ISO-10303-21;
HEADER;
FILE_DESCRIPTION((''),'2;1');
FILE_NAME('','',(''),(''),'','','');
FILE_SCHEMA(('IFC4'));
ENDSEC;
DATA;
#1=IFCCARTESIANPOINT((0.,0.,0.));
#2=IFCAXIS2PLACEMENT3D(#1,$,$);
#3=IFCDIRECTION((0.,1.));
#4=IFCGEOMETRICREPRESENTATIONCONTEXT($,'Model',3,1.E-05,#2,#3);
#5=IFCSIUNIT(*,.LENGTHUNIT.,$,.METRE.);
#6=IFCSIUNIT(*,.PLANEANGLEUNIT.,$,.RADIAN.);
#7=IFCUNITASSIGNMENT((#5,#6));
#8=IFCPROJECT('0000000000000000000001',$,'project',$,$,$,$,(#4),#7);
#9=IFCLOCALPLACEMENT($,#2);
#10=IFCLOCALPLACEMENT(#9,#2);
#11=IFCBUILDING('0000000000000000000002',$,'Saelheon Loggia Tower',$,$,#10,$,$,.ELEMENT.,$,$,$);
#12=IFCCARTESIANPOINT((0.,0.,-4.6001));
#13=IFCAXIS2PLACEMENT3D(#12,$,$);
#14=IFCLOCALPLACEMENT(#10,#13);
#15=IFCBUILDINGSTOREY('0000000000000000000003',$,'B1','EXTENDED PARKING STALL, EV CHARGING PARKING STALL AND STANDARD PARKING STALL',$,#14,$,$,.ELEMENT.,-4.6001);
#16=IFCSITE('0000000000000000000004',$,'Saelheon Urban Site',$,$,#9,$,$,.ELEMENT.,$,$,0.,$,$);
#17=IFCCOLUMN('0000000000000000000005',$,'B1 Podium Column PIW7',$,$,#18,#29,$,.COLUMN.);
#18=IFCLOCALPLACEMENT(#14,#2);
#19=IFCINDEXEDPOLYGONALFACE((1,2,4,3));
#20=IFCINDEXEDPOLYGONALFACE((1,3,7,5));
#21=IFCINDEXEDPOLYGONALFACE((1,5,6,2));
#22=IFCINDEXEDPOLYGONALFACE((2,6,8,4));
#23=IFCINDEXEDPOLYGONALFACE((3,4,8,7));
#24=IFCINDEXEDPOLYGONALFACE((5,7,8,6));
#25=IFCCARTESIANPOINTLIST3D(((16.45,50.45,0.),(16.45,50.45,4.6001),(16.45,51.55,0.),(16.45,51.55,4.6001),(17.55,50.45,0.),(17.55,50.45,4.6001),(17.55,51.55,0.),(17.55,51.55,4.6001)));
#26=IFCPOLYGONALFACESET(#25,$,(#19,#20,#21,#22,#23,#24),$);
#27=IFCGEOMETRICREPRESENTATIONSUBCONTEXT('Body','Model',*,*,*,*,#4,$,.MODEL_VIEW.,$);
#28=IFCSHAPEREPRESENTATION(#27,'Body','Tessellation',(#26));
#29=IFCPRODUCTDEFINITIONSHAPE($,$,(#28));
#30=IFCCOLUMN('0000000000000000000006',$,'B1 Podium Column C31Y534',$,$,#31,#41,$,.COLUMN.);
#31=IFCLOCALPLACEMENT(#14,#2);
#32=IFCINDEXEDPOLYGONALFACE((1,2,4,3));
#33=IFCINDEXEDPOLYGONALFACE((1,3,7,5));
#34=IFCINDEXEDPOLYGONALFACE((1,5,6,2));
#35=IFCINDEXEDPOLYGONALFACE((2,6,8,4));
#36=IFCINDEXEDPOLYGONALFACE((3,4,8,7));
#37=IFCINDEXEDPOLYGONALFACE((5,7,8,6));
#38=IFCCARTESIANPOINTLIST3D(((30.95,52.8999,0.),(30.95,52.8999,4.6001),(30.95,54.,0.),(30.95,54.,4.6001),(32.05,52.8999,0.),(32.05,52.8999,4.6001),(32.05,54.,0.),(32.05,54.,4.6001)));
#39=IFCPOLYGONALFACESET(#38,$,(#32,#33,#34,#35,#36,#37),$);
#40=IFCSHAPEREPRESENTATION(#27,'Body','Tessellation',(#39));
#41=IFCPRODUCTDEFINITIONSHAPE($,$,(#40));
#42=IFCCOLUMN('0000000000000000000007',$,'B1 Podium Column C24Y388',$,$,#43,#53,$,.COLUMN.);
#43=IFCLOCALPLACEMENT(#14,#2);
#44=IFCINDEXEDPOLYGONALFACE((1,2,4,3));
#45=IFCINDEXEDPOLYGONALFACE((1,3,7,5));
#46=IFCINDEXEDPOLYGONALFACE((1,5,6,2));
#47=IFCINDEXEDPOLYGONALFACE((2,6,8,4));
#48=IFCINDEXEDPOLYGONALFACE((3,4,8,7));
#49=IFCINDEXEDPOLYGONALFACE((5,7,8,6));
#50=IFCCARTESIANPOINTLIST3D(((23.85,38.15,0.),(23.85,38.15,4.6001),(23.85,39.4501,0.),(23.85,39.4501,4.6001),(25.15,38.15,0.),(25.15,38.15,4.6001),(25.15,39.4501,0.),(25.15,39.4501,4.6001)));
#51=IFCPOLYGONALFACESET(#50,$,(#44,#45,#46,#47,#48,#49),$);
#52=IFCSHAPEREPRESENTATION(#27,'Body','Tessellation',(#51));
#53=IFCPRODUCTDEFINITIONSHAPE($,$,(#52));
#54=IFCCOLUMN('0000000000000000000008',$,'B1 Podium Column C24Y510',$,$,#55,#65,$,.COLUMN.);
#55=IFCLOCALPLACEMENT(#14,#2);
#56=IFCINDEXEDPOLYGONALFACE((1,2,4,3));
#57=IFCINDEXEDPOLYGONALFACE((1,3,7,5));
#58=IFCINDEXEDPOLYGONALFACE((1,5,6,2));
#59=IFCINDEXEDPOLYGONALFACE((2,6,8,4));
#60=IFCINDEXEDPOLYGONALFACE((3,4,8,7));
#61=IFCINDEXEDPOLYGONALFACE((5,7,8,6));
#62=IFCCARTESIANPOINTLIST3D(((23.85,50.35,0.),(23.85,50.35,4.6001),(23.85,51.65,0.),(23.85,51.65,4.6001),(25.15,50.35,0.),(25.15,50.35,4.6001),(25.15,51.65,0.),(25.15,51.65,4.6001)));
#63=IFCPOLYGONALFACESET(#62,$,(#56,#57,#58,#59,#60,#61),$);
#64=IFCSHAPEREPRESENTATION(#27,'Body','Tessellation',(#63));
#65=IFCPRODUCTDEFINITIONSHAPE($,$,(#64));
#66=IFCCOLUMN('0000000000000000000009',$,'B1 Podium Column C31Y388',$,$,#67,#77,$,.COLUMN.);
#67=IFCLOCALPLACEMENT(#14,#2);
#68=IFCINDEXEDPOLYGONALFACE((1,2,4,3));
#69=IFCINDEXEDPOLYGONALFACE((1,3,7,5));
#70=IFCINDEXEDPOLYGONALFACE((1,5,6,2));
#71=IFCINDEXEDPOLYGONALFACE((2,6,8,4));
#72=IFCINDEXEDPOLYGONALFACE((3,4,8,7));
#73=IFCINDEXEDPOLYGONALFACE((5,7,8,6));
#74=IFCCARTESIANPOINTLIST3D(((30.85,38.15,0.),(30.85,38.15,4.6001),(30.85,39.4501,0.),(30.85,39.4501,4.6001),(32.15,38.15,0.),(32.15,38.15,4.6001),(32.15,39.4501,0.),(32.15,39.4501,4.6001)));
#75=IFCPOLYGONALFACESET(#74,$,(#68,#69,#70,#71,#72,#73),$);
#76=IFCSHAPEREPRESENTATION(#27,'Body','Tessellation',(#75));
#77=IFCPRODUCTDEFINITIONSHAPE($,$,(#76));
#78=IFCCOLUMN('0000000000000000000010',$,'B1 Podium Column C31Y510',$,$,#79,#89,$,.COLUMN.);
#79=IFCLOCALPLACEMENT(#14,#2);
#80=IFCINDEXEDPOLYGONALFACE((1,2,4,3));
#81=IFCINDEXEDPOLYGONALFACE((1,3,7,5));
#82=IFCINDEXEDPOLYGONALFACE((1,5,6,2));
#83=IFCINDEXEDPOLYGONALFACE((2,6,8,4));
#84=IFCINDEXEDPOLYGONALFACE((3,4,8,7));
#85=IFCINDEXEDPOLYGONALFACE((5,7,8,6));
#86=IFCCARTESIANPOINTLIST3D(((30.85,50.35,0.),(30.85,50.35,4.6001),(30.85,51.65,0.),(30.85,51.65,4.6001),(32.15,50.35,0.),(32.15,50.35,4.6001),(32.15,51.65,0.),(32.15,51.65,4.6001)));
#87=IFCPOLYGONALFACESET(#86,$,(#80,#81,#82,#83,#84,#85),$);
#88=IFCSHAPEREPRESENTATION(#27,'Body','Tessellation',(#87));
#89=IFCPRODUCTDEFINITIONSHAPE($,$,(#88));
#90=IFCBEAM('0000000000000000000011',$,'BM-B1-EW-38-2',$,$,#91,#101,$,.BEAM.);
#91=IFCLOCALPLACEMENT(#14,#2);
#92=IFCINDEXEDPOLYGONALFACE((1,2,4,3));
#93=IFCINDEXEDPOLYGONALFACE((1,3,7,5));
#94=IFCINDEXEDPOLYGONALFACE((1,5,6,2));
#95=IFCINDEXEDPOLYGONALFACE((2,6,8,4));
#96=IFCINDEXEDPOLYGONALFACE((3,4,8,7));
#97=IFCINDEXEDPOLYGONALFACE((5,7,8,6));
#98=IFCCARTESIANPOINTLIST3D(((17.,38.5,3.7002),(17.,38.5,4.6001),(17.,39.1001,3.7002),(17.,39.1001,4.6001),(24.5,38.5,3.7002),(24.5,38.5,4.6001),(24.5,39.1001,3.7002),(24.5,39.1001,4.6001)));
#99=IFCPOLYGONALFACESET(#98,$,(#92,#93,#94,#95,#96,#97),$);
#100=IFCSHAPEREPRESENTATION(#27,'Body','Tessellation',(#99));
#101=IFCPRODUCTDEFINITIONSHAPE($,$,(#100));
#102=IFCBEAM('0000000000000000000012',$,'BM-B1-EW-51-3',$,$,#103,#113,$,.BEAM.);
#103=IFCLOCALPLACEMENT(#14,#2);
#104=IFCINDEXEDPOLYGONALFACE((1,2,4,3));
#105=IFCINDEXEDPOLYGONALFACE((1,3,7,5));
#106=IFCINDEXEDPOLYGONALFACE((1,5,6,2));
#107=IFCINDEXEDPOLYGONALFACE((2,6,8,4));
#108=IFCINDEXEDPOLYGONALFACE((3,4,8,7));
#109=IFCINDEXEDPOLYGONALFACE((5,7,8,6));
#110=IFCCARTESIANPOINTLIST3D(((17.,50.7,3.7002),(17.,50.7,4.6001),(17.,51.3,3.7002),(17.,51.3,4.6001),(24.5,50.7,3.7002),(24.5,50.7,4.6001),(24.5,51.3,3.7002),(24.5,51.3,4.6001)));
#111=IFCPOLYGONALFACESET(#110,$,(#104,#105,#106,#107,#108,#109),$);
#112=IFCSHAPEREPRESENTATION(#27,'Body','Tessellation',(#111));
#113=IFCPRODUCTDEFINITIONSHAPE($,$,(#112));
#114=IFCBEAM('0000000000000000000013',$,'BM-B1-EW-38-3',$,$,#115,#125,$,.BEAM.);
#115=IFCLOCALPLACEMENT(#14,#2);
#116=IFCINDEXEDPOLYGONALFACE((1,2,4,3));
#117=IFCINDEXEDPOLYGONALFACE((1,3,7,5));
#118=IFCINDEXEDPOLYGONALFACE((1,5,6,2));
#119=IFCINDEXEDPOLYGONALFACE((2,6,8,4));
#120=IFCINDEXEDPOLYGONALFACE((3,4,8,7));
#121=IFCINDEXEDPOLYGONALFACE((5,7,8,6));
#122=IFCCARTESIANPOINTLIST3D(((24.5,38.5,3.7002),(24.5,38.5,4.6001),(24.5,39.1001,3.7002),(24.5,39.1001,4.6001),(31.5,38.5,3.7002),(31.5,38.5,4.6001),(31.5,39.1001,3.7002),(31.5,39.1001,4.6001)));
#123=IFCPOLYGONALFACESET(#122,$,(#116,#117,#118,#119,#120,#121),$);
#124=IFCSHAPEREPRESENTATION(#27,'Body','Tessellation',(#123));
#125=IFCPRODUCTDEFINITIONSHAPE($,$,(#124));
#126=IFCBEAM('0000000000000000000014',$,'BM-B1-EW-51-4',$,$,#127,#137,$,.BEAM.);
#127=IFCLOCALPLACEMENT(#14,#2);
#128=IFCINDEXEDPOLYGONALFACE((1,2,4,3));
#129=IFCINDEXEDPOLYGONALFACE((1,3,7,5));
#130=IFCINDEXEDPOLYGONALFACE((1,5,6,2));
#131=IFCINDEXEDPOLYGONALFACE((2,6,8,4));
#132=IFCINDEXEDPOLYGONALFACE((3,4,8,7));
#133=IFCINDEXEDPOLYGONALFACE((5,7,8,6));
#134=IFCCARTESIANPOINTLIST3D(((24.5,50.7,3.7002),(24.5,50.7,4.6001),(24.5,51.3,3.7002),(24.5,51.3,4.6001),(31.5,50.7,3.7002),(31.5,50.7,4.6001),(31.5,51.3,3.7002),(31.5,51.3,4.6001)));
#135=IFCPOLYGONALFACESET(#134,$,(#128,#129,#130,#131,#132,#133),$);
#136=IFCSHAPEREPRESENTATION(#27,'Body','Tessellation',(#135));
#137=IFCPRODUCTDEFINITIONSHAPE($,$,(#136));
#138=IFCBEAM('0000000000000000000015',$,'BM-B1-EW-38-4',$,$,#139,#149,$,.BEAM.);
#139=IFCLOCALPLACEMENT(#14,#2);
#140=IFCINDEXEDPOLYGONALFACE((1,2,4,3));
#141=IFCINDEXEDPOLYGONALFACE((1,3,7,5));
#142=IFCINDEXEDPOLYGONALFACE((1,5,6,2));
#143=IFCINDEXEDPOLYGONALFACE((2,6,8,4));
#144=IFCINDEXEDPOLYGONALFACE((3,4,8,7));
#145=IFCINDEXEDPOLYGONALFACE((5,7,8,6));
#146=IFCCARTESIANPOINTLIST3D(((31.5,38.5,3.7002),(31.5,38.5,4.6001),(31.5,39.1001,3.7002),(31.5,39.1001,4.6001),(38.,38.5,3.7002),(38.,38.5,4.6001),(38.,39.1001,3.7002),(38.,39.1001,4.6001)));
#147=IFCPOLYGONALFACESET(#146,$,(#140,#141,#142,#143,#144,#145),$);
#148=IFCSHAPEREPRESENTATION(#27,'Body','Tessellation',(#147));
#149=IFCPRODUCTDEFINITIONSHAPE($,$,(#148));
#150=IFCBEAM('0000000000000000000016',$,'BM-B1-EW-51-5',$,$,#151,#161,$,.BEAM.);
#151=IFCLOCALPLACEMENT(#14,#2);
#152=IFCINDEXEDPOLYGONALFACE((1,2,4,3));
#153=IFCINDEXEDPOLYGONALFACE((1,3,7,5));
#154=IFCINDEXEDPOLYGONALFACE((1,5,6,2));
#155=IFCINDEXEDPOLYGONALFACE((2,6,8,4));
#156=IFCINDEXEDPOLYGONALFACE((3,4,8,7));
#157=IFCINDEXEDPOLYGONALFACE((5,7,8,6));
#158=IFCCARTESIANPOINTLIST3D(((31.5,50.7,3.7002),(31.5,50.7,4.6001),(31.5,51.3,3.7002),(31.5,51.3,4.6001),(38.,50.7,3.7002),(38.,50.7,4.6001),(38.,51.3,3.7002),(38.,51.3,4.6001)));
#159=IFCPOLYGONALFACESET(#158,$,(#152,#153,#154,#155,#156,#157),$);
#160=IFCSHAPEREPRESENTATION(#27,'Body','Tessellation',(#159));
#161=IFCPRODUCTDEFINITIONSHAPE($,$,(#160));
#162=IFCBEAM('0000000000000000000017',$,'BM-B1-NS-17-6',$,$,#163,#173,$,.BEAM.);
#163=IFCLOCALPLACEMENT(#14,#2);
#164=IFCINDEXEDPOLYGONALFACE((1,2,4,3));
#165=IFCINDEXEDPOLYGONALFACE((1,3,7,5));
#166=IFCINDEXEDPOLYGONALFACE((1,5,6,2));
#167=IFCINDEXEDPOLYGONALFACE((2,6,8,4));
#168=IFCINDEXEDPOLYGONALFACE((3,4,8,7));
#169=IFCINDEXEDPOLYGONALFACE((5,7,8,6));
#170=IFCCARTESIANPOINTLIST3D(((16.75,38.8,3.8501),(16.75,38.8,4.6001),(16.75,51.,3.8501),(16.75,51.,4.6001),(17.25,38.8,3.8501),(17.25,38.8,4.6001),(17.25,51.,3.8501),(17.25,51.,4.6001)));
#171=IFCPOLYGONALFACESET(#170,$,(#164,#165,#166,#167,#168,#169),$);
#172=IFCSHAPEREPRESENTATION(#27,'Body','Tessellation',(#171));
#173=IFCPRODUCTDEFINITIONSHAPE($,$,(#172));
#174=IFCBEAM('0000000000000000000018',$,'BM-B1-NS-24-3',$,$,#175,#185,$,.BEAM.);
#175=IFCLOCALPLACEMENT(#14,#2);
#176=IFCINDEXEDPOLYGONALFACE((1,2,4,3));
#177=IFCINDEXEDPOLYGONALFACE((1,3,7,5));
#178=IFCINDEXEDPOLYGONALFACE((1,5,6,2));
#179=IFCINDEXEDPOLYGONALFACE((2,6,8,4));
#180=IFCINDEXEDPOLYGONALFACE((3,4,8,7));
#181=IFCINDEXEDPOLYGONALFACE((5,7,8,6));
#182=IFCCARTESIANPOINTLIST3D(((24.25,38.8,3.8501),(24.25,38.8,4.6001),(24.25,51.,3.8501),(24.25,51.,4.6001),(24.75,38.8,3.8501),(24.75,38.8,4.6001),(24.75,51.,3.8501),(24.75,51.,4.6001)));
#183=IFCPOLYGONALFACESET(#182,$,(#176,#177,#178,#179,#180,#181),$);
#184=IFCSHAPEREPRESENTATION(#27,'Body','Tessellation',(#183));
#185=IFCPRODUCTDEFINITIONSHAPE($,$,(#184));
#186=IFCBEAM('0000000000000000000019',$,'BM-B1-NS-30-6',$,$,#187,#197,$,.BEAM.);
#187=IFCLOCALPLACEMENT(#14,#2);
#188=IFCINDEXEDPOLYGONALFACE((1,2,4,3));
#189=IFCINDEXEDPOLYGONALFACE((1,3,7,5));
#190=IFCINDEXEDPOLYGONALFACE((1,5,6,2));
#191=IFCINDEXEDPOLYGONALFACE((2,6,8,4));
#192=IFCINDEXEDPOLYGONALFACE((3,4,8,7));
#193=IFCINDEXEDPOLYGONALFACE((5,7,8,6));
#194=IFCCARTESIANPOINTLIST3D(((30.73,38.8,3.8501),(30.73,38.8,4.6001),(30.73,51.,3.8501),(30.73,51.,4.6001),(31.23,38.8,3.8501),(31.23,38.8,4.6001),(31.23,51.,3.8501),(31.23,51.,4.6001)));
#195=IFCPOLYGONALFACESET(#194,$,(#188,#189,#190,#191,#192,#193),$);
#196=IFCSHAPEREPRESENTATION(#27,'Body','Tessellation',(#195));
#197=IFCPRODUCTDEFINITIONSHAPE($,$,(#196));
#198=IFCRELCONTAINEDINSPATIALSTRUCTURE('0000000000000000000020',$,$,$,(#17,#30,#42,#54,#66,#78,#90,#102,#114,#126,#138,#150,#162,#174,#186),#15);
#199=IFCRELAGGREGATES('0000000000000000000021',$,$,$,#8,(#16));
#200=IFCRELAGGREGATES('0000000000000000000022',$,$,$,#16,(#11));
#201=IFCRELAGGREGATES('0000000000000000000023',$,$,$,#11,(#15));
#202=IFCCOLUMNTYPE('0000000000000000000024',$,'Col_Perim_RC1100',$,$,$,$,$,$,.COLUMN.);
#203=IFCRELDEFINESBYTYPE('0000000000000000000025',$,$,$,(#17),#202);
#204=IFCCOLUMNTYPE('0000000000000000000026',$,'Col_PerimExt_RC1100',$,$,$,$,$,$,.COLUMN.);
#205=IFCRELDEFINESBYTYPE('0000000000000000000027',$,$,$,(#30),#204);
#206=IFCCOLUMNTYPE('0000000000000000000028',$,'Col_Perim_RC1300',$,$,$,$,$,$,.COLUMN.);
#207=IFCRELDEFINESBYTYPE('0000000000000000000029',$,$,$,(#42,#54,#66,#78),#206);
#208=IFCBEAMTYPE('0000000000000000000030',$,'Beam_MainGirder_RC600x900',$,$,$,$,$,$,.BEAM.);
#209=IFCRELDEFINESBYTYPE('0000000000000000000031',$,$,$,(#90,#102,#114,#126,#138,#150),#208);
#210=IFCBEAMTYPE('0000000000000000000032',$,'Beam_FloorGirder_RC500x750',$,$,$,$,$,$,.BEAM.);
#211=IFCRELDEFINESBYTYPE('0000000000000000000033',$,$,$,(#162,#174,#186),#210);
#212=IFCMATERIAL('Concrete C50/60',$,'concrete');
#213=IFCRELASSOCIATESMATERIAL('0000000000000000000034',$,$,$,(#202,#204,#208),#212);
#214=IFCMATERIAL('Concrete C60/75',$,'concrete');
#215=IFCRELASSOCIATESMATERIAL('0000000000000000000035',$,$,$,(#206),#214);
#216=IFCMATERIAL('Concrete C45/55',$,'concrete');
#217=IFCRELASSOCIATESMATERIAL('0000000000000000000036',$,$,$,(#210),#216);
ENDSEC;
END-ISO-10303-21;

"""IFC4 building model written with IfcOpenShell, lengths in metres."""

from ifc_helpers import new_model, si_unit, direction, frame, origin, origin_2d, place, context, subcontext, project, spatial, rectangle, extrude, source, transform, mapped, material, material_profile, profile_set, type_object, element, save


model = new_model("IFC4")

# Units and contexts
model_context = context("Model", 3, precision=1e-05, world=origin(), true_north=direction((0.0, 1.0)))
body_context = subcontext(model_context, "Body", "Model", "MODEL_VIEW")
ifc_project = project(units=[si_unit("LENGTHUNIT", "METRE"), si_unit("PLANEANGLEUNIT", "RADIAN")], contexts=[model_context])

# Site, building, storey
site_placement = place(None, origin())
site = spatial("IfcSite", under=ifc_project, at=site_placement, Name="Saelheon Urban Site", CompositionType="ELEMENT", RefElevation=0.0)
building_placement = place(site_placement, origin())
building = spatial("IfcBuilding", under=site, at=building_placement, Name="Saelheon Loggia Tower", CompositionType="ELEMENT")
storey_placement = place(building_placement, frame((0.0, 0.0, -4.6001)))
storey = spatial("IfcBuildingStorey", under=building, at=storey_placement, Name="B1", Description="EXTENDED PARKING STALL, EV CHARGING PARKING STALL AND STANDARD PARKING STALL", CompositionType="ELEMENT", Elevation=-4.6001)

# Columns
ifc_material_1 = material(Name="Concrete C50/60", Category="concrete")
ifc_material_profile_1 = material_profile(ifc_material_1, rectangle(XDim=1.1001, YDim=1.1001, at=origin_2d()), Name="RC-1100x1100")
ifc_profile_set_1 = profile_set([ifc_material_profile_1], Name="Concrete C50/60")
column_type_1 = type_object("IfcColumnType", Name="Col_Perim_RC1100", PredefinedType="COLUMN", material=ifc_profile_set_1)
shared_shape_1 = source(origin(), body_context, "Body", "SweptSolid", [
    extrude(rectangle(XDim=1.1001, YDim=1.1001, at=origin_2d()), origin(), (0.0, 0.0, 1.0), 4.6001),
])
column_1_placement = place(storey_placement, frame((17.0, 51.0, 0.0), z_axis=(0.0, 0.0, 1.0), x_axis=(1.0, 0.0, 0.0)))
element("IfcColumn", 1, at=column_1_placement, inside=storey, type_object=column_type_1, Name="B1 Podium Column PIW7", PredefinedType="COLUMN", context=body_context, shape_type="MappedRepresentation", body=[
    mapped(shared_shape_1, transform((0.0, 0.0, 0.0), scale=1.0)),
])
ifc_material_profile_2 = material_profile(ifc_material_1, rectangle(XDim=1.1001, YDim=1.1001, at=origin_2d()), Name="RC-1100x1100")
ifc_profile_set_2 = profile_set([ifc_material_profile_2], Name="Concrete C50/60")
column_type_2 = type_object("IfcColumnType", Name="Col_PerimExt_RC1100", PredefinedType="COLUMN", material=ifc_profile_set_2)
column_2_placement = place(storey_placement, frame((31.5, 53.45, 0.0), z_axis=(0.0, 0.0, 1.0), x_axis=(1.0, 0.0, 0.0)))
element("IfcColumn", 2, at=column_2_placement, inside=storey, type_object=column_type_2, Name="B1 Podium Column C31Y534", PredefinedType="COLUMN", context=body_context, shape_type="MappedRepresentation", body=[
    mapped(shared_shape_1, transform((0.0, 0.0, 0.0), scale=1.0)),
])
ifc_material_2 = material(Name="Concrete C60/75", Category="concrete")
ifc_material_profile_3 = material_profile(ifc_material_2, rectangle(XDim=1.3, YDim=1.3, at=origin_2d()), Name="RC-1300x1300")
ifc_profile_set_3 = profile_set([ifc_material_profile_3], Name="Concrete C60/75")
column_type_3 = type_object("IfcColumnType", Name="Col_Perim_RC1300", PredefinedType="COLUMN", material=ifc_profile_set_3)
shared_shape_2 = source(origin(), body_context, "Body", "SweptSolid", [
    extrude(rectangle(XDim=1.3, YDim=1.3, at=origin_2d()), origin(), (0.0, 0.0, 1.0), 4.6001),
])
for number, where, z_axis, x_axis, name in (
    (3, (24.5, 38.8, 0.0), (0.0, 0.0, 1.0), (1.0, 0.0, 0.0), "B1 Podium Column C24Y388"),
    (4, (24.5, 51.0, 0.0), (0.0, 0.0, 1.0), (1.0, 0.0, 0.0), "B1 Podium Column C24Y510"),
    (5, (31.5, 38.8, 0.0), (0.0, 0.0, 1.0), (1.0, 0.0, 0.0), "B1 Podium Column C31Y388"),
    (6, (31.5, 51.0, 0.0), (0.0, 0.0, 1.0), (1.0, 0.0, 0.0), "B1 Podium Column C31Y510"),
):
    element("IfcColumn", number, at=place(storey_placement, frame(where, z_axis=z_axis, x_axis=x_axis)), inside=storey, type_object=column_type_3, Name=name, PredefinedType="COLUMN", context=body_context, shape_type="MappedRepresentation", body=[
        mapped(shared_shape_2, transform((0.0, 0.0, 0.0), scale=1.0)),
    ])

# Beams
ifc_material_profile_4 = material_profile(ifc_material_1, rectangle(XDim=0.6001, YDim=0.8999, at=origin_2d()), Name="RC-600x900")
ifc_profile_set_4 = profile_set([ifc_material_profile_4], Name="Concrete C50/60")
beam_type_1 = type_object("IfcBeamType", Name="Beam_MainGirder_RC600x900", PredefinedType="BEAM", material=ifc_profile_set_4)
shared_shape_3 = source(origin(), body_context, "Body", "SweptSolid", [
    extrude(rectangle(XDim=0.6001, YDim=0.8999, at=origin_2d()), origin(), (0.0, 0.0, 1.0), 7.5),
])
for number, where, z_axis, x_axis, name in (
    (7, (17.0, 38.8, 4.1501), (1.0, 0.0, 0.0), (0.0, 1.0, 0.0), "BM-B1-EW-38-2"),
    (8, (17.0, 51.0, 4.1501), (1.0, 0.0, 0.0), (0.0, 1.0, 0.0), "BM-B1-EW-51-3"),
):
    element("IfcBeam", number, at=place(storey_placement, frame(where, z_axis=z_axis, x_axis=x_axis)), inside=storey, type_object=beam_type_1, Name=name, PredefinedType="BEAM", context=body_context, shape_type="MappedRepresentation", body=[
        mapped(shared_shape_3, transform((0.0, 0.0, 0.0), scale=1.0)),
    ])
shared_shape_4 = source(origin(), body_context, "Body", "SweptSolid", [
    extrude(rectangle(XDim=0.6001, YDim=0.8999, at=origin_2d()), origin(), (0.0, 0.0, 1.0), 7.0),
])
for number, where, z_axis, x_axis, name in (
    (9, (24.5, 38.8, 4.1501), (1.0, 0.0, 0.0), (0.0, 1.0, 0.0), "BM-B1-EW-38-3"),
    (10, (24.5, 51.0, 4.1501), (1.0, 0.0, 0.0), (0.0, 1.0, 0.0), "BM-B1-EW-51-4"),
):
    element("IfcBeam", number, at=place(storey_placement, frame(where, z_axis=z_axis, x_axis=x_axis)), inside=storey, type_object=beam_type_1, Name=name, PredefinedType="BEAM", context=body_context, shape_type="MappedRepresentation", body=[
        mapped(shared_shape_4, transform((0.0, 0.0, 0.0), scale=1.0)),
    ])
shared_shape_5 = source(origin(), body_context, "Body", "SweptSolid", [
    extrude(rectangle(XDim=0.6001, YDim=0.8999, at=origin_2d()), origin(), (0.0, 0.0, 1.0), 6.5),
])
for number, where, z_axis, x_axis, name in (
    (11, (31.5, 38.8, 4.1501), (1.0, 0.0, 0.0), (0.0, 1.0, 0.0), "BM-B1-EW-38-4"),
    (12, (31.5, 51.0, 4.1501), (1.0, 0.0, 0.0), (0.0, 1.0, 0.0), "BM-B1-EW-51-5"),
):
    element("IfcBeam", number, at=place(storey_placement, frame(where, z_axis=z_axis, x_axis=x_axis)), inside=storey, type_object=beam_type_1, Name=name, PredefinedType="BEAM", context=body_context, shape_type="MappedRepresentation", body=[
        mapped(shared_shape_5, transform((0.0, 0.0, 0.0), scale=1.0)),
    ])
ifc_material_3 = material(Name="Concrete C45/55", Category="concrete")
ifc_material_profile_5 = material_profile(ifc_material_3, rectangle(XDim=0.5, YDim=0.75, at=origin_2d()), Name="RC-500x750")
ifc_profile_set_5 = profile_set([ifc_material_profile_5], Name="Concrete C45/55")
beam_type_2 = type_object("IfcBeamType", Name="Beam_FloorGirder_RC500x750", PredefinedType="BEAM", material=ifc_profile_set_5)
shared_shape_6 = source(origin(), body_context, "Body", "SweptSolid", [
    extrude(rectangle(XDim=0.5, YDim=0.75, at=origin_2d()), origin(), (0.0, 0.0, 1.0), 12.2),
])
for number, where, z_axis, x_axis, name in (
    (13, (17.0, 38.8, 4.2251), (0.0, 1.0, 0.0), (-1.0, 0.0, 0.0), "BM-B1-NS-17-6"),
    (14, (24.5, 38.8, 4.2251), (0.0, 1.0, 0.0), (-1.0, 0.0, 0.0), "BM-B1-NS-24-3"),
    (15, (30.98, 38.8, 4.2251), (0.0, 1.0, 0.0), (-1.0, 0.0, 0.0), "BM-B1-NS-30-6"),
):
    element("IfcBeam", number, at=place(storey_placement, frame(where, z_axis=z_axis, x_axis=x_axis)), inside=storey, type_object=beam_type_2, Name=name, PredefinedType="BEAM", context=body_context, shape_type="MappedRepresentation", body=[
        mapped(shared_shape_6, transform((0.0, 0.0, 0.0), scale=1.0)),
    ])

save(model, "model.ifc")
